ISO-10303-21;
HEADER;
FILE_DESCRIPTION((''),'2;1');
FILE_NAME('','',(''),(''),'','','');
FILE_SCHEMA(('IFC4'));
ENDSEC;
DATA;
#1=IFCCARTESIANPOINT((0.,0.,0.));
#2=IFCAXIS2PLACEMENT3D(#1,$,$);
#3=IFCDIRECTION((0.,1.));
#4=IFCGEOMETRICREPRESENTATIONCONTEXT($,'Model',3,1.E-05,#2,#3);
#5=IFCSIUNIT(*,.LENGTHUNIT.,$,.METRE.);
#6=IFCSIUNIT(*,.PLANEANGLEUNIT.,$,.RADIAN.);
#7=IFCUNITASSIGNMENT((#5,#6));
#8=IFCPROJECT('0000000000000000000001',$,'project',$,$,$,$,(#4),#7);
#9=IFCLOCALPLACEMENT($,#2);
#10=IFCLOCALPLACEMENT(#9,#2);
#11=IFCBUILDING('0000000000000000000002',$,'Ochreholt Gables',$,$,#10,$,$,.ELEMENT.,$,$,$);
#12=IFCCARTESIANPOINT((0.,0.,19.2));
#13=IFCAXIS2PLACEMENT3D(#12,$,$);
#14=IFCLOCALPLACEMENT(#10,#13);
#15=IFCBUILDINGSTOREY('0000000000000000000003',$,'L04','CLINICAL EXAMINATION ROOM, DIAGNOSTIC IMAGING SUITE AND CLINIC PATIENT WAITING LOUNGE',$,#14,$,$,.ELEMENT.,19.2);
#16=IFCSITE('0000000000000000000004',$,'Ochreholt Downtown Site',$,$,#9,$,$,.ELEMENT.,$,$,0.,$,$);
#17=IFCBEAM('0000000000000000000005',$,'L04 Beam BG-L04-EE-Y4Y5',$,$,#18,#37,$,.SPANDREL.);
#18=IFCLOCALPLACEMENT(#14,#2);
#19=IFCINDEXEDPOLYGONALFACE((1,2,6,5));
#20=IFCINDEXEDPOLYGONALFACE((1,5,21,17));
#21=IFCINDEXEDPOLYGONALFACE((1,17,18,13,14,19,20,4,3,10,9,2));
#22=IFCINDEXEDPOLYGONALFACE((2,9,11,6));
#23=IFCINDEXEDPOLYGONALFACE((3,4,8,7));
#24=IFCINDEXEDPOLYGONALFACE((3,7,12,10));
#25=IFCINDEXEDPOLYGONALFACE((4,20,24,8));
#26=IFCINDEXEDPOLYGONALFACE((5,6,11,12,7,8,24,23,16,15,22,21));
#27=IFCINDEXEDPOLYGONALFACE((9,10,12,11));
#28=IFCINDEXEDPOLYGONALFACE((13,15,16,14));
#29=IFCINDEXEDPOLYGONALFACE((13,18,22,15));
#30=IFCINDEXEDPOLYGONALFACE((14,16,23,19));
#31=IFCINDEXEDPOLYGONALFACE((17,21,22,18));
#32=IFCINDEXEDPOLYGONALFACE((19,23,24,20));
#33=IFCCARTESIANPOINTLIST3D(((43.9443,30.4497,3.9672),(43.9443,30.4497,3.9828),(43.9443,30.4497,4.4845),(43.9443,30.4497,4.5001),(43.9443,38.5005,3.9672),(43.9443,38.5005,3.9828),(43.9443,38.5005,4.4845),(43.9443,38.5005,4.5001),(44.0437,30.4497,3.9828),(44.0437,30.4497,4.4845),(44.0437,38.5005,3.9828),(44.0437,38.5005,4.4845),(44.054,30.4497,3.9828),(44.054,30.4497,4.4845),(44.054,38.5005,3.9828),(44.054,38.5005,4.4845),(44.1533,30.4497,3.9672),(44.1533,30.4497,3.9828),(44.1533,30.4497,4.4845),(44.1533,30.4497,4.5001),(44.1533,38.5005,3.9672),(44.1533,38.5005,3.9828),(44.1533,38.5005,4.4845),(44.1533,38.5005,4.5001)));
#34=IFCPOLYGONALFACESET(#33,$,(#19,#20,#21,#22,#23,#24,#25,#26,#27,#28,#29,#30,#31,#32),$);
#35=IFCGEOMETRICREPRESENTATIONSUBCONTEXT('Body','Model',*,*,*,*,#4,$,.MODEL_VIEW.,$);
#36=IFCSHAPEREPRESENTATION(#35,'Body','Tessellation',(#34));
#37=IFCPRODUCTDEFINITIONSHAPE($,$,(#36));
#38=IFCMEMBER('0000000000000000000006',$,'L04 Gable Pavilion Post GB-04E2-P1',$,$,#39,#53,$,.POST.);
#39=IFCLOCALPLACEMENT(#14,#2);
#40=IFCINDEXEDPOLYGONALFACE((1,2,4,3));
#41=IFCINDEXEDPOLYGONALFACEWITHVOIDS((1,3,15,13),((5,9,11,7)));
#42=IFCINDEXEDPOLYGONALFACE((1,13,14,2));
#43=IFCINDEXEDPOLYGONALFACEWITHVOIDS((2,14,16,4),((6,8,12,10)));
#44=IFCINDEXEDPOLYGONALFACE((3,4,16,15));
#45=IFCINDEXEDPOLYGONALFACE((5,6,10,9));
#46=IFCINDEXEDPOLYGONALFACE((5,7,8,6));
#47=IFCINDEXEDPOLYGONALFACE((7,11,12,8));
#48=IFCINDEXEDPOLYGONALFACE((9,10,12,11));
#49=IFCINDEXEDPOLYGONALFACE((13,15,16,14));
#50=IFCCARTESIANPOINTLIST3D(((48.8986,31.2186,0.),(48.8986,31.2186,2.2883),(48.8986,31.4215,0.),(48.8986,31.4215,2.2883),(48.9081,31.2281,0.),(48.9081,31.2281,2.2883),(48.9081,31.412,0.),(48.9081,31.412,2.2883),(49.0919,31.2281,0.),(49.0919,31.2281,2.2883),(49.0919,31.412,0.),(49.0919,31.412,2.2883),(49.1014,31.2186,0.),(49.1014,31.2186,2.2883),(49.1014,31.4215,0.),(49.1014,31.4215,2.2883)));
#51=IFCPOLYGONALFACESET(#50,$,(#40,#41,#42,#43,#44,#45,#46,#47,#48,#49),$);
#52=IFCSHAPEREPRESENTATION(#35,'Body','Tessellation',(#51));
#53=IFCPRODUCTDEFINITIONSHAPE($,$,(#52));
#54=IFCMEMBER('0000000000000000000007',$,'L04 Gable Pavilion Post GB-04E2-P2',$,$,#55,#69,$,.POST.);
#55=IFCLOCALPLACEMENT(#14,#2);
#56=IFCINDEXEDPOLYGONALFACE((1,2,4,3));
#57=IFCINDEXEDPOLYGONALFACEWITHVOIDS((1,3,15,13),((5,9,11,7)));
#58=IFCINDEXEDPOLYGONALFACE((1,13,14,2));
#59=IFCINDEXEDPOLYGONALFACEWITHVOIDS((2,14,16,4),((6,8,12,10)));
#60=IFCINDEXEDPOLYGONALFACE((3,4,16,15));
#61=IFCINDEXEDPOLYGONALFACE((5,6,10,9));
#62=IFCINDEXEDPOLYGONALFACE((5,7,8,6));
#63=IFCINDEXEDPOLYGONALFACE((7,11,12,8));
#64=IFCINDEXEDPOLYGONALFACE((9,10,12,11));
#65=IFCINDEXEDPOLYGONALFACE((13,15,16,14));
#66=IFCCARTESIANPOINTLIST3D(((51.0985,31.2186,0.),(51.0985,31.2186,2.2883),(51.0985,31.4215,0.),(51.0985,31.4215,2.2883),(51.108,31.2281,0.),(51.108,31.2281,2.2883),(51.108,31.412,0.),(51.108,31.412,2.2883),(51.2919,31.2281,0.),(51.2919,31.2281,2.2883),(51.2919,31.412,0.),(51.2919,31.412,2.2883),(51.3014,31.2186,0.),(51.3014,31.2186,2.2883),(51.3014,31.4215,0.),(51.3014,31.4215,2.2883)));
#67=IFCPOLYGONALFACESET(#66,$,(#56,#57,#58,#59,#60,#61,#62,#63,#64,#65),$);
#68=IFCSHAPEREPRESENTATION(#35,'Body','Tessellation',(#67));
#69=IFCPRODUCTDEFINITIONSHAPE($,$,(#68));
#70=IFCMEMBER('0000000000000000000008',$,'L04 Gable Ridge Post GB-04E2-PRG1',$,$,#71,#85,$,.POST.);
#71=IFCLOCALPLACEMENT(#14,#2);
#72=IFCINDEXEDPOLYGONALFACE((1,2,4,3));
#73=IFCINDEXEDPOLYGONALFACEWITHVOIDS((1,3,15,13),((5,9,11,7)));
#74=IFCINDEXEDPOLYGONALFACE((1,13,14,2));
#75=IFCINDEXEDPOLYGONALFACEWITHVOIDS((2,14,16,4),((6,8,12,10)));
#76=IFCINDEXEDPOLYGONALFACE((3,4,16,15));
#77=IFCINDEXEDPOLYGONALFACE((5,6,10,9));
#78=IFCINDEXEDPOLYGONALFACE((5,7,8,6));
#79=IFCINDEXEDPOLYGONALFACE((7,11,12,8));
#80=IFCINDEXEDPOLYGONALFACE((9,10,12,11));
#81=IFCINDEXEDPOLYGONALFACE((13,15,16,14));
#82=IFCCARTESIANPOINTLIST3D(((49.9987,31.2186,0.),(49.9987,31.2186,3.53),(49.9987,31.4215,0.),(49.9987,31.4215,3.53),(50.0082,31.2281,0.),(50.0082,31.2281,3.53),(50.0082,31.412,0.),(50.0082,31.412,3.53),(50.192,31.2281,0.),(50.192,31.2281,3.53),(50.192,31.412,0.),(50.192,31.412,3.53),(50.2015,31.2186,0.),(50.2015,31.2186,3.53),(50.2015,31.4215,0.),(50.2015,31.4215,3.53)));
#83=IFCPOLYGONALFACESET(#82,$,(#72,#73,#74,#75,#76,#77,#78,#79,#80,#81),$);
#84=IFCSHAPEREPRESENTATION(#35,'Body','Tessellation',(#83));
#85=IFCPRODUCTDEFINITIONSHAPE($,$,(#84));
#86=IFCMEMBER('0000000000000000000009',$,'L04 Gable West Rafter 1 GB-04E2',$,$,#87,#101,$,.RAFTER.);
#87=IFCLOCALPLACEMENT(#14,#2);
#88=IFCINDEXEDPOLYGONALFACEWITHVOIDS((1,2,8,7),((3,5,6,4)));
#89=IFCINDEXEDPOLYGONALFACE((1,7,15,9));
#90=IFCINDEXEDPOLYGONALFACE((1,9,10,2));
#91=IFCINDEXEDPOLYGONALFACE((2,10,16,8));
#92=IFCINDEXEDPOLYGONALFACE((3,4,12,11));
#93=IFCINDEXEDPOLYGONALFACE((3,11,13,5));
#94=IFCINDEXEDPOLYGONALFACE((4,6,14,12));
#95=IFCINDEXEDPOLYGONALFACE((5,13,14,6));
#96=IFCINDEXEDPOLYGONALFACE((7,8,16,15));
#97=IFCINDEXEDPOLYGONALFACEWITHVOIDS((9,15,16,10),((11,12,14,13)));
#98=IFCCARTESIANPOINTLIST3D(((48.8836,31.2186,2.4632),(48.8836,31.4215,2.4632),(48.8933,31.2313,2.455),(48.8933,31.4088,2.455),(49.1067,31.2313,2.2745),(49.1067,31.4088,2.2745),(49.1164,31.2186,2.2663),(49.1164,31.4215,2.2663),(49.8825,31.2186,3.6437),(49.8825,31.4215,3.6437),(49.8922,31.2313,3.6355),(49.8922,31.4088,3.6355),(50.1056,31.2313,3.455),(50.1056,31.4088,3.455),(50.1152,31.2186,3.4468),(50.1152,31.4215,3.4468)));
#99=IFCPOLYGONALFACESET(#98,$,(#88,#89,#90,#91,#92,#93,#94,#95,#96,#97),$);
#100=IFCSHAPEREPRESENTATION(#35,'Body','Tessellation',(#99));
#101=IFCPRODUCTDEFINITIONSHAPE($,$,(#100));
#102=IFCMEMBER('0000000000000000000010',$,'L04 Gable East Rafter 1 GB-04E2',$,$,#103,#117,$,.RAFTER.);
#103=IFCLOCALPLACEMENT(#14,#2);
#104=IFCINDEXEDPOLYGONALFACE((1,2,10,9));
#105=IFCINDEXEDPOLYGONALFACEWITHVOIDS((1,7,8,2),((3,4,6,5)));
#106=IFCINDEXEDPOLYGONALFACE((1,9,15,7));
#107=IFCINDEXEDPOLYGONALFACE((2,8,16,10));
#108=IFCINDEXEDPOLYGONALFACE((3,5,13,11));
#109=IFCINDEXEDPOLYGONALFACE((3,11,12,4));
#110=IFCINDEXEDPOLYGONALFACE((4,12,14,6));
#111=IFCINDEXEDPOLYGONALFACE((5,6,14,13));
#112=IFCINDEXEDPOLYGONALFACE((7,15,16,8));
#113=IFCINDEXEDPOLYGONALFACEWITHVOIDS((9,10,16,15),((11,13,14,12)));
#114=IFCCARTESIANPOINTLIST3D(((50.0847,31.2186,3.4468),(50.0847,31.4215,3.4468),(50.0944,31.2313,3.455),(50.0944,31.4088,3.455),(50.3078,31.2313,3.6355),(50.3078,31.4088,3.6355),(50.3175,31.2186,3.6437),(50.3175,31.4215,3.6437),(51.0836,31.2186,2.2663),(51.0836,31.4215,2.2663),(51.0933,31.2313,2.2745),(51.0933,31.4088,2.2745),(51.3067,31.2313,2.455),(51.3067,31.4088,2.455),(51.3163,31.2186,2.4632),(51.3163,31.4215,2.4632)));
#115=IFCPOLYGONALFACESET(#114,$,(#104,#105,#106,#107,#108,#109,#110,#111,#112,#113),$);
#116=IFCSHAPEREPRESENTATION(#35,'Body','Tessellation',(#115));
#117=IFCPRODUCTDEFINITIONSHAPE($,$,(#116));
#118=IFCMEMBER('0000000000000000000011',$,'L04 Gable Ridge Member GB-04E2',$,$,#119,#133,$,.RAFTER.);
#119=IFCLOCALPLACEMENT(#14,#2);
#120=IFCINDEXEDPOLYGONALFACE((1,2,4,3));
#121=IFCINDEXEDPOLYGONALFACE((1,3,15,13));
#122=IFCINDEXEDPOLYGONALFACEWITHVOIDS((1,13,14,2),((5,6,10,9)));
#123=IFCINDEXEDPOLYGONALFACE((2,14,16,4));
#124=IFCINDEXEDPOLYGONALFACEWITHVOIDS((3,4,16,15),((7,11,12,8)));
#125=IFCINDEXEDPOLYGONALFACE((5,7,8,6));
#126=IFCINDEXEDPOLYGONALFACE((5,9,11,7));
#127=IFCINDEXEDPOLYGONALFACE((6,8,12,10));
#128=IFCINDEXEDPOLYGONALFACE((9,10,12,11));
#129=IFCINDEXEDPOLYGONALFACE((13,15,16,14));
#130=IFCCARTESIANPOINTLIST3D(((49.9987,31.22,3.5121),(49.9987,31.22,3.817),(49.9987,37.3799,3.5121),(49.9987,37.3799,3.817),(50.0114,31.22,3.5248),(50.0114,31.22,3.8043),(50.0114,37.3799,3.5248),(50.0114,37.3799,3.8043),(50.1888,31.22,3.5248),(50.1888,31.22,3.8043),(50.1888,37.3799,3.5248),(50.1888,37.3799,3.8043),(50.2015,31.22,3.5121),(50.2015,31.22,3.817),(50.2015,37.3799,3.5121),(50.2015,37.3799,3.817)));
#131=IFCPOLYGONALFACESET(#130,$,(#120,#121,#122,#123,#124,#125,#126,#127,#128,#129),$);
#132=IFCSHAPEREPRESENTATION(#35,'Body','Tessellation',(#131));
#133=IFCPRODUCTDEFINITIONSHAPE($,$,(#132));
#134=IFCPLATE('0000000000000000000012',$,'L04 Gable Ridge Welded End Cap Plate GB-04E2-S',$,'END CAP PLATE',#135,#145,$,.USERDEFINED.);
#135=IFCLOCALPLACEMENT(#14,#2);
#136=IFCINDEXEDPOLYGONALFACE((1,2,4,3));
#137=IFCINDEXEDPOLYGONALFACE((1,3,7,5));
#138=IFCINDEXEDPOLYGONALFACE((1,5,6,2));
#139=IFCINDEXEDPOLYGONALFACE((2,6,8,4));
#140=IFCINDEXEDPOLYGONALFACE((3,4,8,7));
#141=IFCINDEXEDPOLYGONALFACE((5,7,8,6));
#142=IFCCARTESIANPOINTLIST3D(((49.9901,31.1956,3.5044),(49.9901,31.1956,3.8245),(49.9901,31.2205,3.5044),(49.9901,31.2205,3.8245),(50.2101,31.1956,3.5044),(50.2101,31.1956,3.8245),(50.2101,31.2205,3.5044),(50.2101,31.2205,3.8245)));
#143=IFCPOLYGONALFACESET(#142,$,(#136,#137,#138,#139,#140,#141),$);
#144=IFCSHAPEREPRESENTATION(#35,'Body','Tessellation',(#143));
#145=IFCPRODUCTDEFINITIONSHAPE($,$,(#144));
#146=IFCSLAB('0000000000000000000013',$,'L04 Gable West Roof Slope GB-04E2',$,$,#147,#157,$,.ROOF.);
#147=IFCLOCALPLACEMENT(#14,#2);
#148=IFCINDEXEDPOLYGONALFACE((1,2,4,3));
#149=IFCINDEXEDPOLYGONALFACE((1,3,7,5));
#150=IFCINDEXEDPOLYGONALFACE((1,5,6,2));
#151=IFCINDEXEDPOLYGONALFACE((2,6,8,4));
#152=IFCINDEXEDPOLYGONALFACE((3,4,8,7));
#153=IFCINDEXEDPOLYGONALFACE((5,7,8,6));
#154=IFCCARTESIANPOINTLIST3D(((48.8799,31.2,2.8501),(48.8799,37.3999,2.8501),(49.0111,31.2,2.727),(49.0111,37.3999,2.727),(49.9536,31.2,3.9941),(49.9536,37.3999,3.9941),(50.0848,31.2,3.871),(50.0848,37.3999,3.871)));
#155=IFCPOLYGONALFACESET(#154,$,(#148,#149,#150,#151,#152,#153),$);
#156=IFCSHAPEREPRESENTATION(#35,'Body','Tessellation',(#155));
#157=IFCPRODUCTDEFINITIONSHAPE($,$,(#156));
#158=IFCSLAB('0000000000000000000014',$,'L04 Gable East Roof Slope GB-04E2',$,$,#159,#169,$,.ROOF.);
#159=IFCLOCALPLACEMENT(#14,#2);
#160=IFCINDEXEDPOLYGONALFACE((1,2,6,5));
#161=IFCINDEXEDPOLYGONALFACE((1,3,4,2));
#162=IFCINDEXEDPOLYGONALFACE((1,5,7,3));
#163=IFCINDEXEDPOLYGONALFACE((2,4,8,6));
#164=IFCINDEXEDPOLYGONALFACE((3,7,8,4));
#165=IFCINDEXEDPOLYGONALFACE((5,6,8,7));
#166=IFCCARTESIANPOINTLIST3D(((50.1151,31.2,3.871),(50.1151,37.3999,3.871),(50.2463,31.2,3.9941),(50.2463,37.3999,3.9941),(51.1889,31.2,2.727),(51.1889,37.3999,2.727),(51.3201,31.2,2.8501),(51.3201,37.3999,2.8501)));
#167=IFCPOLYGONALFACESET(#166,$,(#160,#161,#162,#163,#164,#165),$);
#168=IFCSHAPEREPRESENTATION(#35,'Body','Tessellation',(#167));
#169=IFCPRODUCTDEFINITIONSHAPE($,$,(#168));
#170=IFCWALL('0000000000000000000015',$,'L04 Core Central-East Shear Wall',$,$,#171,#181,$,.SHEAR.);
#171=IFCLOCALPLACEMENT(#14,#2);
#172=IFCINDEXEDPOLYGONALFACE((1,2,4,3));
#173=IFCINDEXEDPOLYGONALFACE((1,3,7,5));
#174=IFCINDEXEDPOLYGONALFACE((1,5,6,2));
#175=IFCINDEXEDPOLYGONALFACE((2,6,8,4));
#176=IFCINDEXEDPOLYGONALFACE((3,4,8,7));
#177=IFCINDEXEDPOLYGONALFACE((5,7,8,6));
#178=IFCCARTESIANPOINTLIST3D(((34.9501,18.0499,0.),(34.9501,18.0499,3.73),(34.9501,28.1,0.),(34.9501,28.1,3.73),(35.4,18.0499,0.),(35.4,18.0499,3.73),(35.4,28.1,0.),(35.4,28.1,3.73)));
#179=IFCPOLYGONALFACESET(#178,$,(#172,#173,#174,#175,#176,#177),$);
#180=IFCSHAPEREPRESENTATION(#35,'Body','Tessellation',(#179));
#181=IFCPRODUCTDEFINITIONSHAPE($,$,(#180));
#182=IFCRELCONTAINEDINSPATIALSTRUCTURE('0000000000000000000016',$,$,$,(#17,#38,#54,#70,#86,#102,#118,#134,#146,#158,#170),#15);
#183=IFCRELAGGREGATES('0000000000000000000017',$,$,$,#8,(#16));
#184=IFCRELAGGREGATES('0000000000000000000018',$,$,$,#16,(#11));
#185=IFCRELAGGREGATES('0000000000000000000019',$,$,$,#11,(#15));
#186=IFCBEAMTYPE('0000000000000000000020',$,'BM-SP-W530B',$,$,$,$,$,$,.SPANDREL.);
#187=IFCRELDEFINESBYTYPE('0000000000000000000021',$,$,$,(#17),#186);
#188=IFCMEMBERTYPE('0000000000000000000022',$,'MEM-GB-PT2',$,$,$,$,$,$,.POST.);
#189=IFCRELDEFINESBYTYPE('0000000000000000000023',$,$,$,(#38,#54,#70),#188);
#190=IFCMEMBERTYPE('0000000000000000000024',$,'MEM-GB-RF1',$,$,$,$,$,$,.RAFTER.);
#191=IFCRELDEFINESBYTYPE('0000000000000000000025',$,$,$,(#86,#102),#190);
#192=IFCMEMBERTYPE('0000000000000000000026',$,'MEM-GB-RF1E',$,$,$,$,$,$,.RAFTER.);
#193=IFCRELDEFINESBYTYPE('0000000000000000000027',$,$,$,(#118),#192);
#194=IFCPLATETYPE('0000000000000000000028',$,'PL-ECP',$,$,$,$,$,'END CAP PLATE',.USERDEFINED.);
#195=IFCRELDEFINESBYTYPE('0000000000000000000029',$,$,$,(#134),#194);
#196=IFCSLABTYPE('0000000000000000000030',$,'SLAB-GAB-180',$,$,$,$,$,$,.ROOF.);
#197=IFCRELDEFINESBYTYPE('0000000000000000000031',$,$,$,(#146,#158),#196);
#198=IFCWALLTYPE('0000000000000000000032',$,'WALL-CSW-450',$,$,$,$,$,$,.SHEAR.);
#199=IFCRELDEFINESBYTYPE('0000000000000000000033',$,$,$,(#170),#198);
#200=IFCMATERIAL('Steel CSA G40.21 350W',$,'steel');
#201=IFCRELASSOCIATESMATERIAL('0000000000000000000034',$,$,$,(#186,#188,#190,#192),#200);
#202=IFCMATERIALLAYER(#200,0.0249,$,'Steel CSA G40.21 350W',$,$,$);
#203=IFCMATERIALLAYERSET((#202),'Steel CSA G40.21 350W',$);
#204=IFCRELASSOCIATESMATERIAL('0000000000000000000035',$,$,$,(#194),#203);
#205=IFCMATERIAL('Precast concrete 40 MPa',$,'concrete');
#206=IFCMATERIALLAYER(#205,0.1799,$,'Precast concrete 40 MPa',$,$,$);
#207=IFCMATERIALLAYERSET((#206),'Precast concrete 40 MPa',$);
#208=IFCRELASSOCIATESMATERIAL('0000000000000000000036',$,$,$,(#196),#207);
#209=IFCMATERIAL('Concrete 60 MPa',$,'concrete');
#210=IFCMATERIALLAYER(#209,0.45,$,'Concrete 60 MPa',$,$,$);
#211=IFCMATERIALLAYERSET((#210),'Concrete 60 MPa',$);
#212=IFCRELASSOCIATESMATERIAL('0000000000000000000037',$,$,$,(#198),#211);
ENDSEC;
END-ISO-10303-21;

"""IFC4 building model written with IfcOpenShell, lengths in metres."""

from ifc_helpers import new_model, si_unit, direction, frame, frame_2d, origin, origin_2d, place, context, subcontext, project, spatial, polyline, rectangle, hollow_rectangle, i_section, outline, extrude, material, layer, layer_set, material_profile, profile_set, type_object, element, save


model = new_model("IFC4")

# Units and contexts
model_context = context("Model", 3, precision=1e-05, world=origin(), true_north=direction((0.0, 1.0)))
body_context = subcontext(model_context, "Body", "Model", "MODEL_VIEW")
ifc_project = project(units=[si_unit("LENGTHUNIT", "METRE"), si_unit("PLANEANGLEUNIT", "RADIAN")], contexts=[model_context])

# Site, building, storey
site_placement = place(None, origin())
site = spatial("IfcSite", under=ifc_project, at=site_placement, Name="Ochreholt Downtown Site", CompositionType="ELEMENT", RefElevation=0.0)
building_placement = place(site_placement, origin())
building = spatial("IfcBuilding", under=site, at=building_placement, Name="Ochreholt Gables", CompositionType="ELEMENT")
storey_placement = place(building_placement, frame((0.0, 0.0, 19.2)))
storey = spatial("IfcBuildingStorey", under=building, at=storey_placement, Name="L04", Description="CLINICAL EXAMINATION ROOM, DIAGNOSTIC IMAGING SUITE AND CLINIC PATIENT WAITING LOUNGE", CompositionType="ELEMENT", Elevation=19.2)

# Shared definitions
ifc_material_1 = material(Name="Steel CSA G40.21 350W", Category="steel")
ifc_material_2 = material(Name="Concrete 60 MPa", Category="concrete")

# Beam
ifc_material_profile_1 = material_profile(ifc_material_1, i_section(OverallWidth=0.209, OverallDepth=0.533, WebThickness=0.0103, FlangeThickness=0.0156, at=origin_2d()), Name="W530X92")
ifc_profile_set_1 = profile_set([ifc_material_profile_1], Name="Steel CSA G40.21 350W")
beam_type_1 = type_object("IfcBeamType", Name="BM-SP-W530B", PredefinedType="SPANDREL", material=ifc_profile_set_1)
beam_1_placement = place(storey_placement, frame((44.0488, 30.4497, 4.2336), z_axis=(0.0, 1.0, 0.0), x_axis=(-1.0, 0.0, 0.0)))
element("IfcBeam", 1, at=beam_1_placement, inside=storey, type_object=beam_type_1, Name="L04 Beam BG-L04-EE-Y4Y5", PredefinedType="SPANDREL", context=body_context, shape_type="SweptSolid", body=[
    extrude(i_section(OverallWidth=0.209, OverallDepth=0.533, WebThickness=0.0103, FlangeThickness=0.0156, at=origin_2d()), origin(), (0.0, 0.0, 1.0), 8.0508),
])

# Members
ifc_material_profile_2 = material_profile(ifc_material_1, hollow_rectangle(XDim=0.2029, YDim=0.2029, WallThickness=0.0095, at=origin_2d()), Name="HSS203X203X10")
ifc_profile_set_2 = profile_set([ifc_material_profile_2], Name="Steel CSA G40.21 350W")
member_type_1 = type_object("IfcMemberType", Name="MEM-GB-PT2", PredefinedType="POST", material=ifc_profile_set_2)
for number, where, z_axis, x_axis, name in (
    (2, (49.0, 31.3201, 0.0), (0.0, 0.0, 1.0), (1.0, 0.0, 0.0), "L04 Gable Pavilion Post GB-04E2-P1"),
    (3, (51.2, 31.3201, 0.0), (0.0, 0.0, 1.0), (1.0, 0.0, 0.0), "L04 Gable Pavilion Post GB-04E2-P2"),
):
    element("IfcMember", number, at=place(storey_placement, frame(where, z_axis=z_axis, x_axis=x_axis)), inside=storey, type_object=member_type_1, Name=name, PredefinedType="POST", context=body_context, shape_type="SweptSolid", body=[
        extrude(hollow_rectangle(XDim=0.2029, YDim=0.2029, WallThickness=0.0095, at=origin_2d()), origin(), (0.0, 0.0, 1.0), 2.2883),
    ])
member_1_placement = place(storey_placement, frame((50.1001, 31.3201, 0.0), z_axis=(0.0, 0.0, 1.0), x_axis=(1.0, 0.0, 0.0)))
element("IfcMember", 4, at=member_1_placement, inside=storey, type_object=member_type_1, Name="L04 Gable Ridge Post GB-04E2-PRG1", PredefinedType="POST", context=body_context, shape_type="SweptSolid", body=[
    extrude(hollow_rectangle(XDim=0.2029, YDim=0.2029, WallThickness=0.0095, at=origin_2d()), origin(), (0.0, 0.0, 1.0), 3.53),
])
ifc_material_profile_3 = material_profile(ifc_material_1, hollow_rectangle(XDim=0.2029, YDim=0.3049, WallThickness=0.0127, at=origin_2d()), Name="HSS305X203X13")
ifc_profile_set_3 = profile_set([ifc_material_profile_3], Name="Steel CSA G40.21 350W")
member_type_2 = type_object("IfcMemberType", Name="MEM-GB-RF1", PredefinedType="RAFTER", material=ifc_profile_set_3)
for number, where, z_axis, x_axis, name in (
    (5, (49.0, 31.3201, 2.3647), (0.645928, 0.0, 0.763398), (0.0, 1.0, 0.0), "L04 Gable West Rafter 1 GB-04E2"),
    (6, (51.2, 31.3201, 2.3647), (-0.645928, 0.0, 0.763398), (0.0, -1.0, 0.0), "L04 Gable East Rafter 1 GB-04E2"),
):
    element("IfcMember", number, at=place(storey_placement, frame(where, z_axis=z_axis, x_axis=x_axis)), inside=storey, type_object=member_type_2, Name=name, PredefinedType="RAFTER", context=body_context, shape_type="SweptSolid", body=[
        extrude(hollow_rectangle(XDim=0.2029, YDim=0.3049, WallThickness=0.0127, at=origin_2d()), origin(), (0.0, 0.0, 1.0), 1.5464),
    ])
ifc_material_profile_4 = material_profile(ifc_material_1, hollow_rectangle(XDim=0.2029, YDim=0.3049, WallThickness=0.0127, at=origin_2d()), Name="HSS305X203X13")
ifc_profile_set_4 = profile_set([ifc_material_profile_4], Name="Steel CSA G40.21 350W")
member_type_3 = type_object("IfcMemberType", Name="MEM-GB-RF1E", PredefinedType="RAFTER", material=ifc_profile_set_4)
member_2_placement = place(storey_placement, frame((50.1001, 31.22, 3.6646), z_axis=(0.0, 1.0, 0.0), x_axis=(-1.0, 0.0, 0.0)))
element("IfcMember", 7, at=member_2_placement, inside=storey, type_object=member_type_3, Name="L04 Gable Ridge Member GB-04E2", PredefinedType="RAFTER", context=body_context, shape_type="SweptSolid", body=[
    extrude(hollow_rectangle(XDim=0.2029, YDim=0.3049, WallThickness=0.0127, at=origin_2d()), origin(), (0.0, 0.0, 1.0), 6.1599),
])

# Plate
ifc_layer_1 = layer(ifc_material_1, 0.0249, Name="Steel CSA G40.21 350W")
ifc_layer_set_1 = layer_set([ifc_layer_1], Name="Steel CSA G40.21 350W")
plate_type = type_object("IfcPlateType", Name="PL-ECP", ElementType="END CAP PLATE", PredefinedType="USERDEFINED", material=ifc_layer_set_1)
plate_placement = place(storey_placement, frame((50.1001, 31.208, 3.5044), z_axis=(0.0, 0.0, 1.0), x_axis=(1.0, 0.0, 0.0)))
element("IfcPlate", 8, at=plate_placement, inside=storey, type_object=plate_type, Name="L04 Gable Ridge Welded End Cap Plate GB-04E2-S", ObjectType="END CAP PLATE", PredefinedType="USERDEFINED", context=body_context, shape_type="SweptSolid", body=[
    extrude(rectangle(XDim=0.22, YDim=0.0249, at=origin_2d()), origin(), (0.0, 0.0, 1.0), 0.3201),
])

# Slabs
ifc_material_3 = material(Name="Precast concrete 40 MPa", Category="concrete")
ifc_layer_2 = layer(ifc_material_3, 0.1799, Name="Precast concrete 40 MPa")
ifc_layer_set_2 = layer_set([ifc_layer_2], Name="Precast concrete 40 MPa")
slab_type = type_object("IfcSlabType", Name="SLAB-GAB-180", PredefinedType="ROOF", material=ifc_layer_set_2)
for number, where, z_axis, x_axis, name in (
    (9, (48.8799, 31.2, 2.8501), (-0.729159, 0.0, 0.684345), (0.684345, 0.0, 0.729159), "L04 Gable West Roof Slope GB-04E2"),
    (10, (50.2463, 31.2, 3.9941), (0.729159, 0.0, 0.684345), (0.684345, 0.0, -0.729159), "L04 Gable East Roof Slope GB-04E2"),
):
    element("IfcSlab", number, at=place(storey_placement, frame(where, z_axis=z_axis, x_axis=x_axis)), inside=storey, type_object=slab_type, Name=name, PredefinedType="ROOF", context=body_context, shape_type="SweptSolid", body=[
        extrude(outline(polyline([(0.0, 0.0), (1.569, 0.0), (1.569, 6.2), (0.0, 6.2), (0.0, 0.0)])), origin(), (0.0, 0.0, -1.0), 0.1799),
    ])

# Wall
ifc_layer_3 = layer(ifc_material_2, 0.45, Name="Concrete 60 MPa")
ifc_layer_set_3 = layer_set([ifc_layer_3], Name="Concrete 60 MPa")
wall_type_1 = type_object("IfcWallType", Name="WALL-CSW-450", PredefinedType="SHEAR", material=ifc_layer_set_3)
wall_1_placement = place(storey_placement, frame((35.175, 18.05, 0.0), z_axis=(0.0, 0.0, 1.0), x_axis=(0.0, 1.0, 0.0)))
element("IfcWall", 11, at=wall_1_placement, inside=storey, type_object=wall_type_1, Name="L04 Core Central-East Shear Wall", PredefinedType="SHEAR", context=body_context, shape_type="SweptSolid", body=[
    extrude(rectangle(XDim=10.05, YDim=0.45, at=frame_2d((5.0249, 0.0))), origin(), (0.0, 0.0, 1.0), 3.73),
])

save(model, "model.ifc")
